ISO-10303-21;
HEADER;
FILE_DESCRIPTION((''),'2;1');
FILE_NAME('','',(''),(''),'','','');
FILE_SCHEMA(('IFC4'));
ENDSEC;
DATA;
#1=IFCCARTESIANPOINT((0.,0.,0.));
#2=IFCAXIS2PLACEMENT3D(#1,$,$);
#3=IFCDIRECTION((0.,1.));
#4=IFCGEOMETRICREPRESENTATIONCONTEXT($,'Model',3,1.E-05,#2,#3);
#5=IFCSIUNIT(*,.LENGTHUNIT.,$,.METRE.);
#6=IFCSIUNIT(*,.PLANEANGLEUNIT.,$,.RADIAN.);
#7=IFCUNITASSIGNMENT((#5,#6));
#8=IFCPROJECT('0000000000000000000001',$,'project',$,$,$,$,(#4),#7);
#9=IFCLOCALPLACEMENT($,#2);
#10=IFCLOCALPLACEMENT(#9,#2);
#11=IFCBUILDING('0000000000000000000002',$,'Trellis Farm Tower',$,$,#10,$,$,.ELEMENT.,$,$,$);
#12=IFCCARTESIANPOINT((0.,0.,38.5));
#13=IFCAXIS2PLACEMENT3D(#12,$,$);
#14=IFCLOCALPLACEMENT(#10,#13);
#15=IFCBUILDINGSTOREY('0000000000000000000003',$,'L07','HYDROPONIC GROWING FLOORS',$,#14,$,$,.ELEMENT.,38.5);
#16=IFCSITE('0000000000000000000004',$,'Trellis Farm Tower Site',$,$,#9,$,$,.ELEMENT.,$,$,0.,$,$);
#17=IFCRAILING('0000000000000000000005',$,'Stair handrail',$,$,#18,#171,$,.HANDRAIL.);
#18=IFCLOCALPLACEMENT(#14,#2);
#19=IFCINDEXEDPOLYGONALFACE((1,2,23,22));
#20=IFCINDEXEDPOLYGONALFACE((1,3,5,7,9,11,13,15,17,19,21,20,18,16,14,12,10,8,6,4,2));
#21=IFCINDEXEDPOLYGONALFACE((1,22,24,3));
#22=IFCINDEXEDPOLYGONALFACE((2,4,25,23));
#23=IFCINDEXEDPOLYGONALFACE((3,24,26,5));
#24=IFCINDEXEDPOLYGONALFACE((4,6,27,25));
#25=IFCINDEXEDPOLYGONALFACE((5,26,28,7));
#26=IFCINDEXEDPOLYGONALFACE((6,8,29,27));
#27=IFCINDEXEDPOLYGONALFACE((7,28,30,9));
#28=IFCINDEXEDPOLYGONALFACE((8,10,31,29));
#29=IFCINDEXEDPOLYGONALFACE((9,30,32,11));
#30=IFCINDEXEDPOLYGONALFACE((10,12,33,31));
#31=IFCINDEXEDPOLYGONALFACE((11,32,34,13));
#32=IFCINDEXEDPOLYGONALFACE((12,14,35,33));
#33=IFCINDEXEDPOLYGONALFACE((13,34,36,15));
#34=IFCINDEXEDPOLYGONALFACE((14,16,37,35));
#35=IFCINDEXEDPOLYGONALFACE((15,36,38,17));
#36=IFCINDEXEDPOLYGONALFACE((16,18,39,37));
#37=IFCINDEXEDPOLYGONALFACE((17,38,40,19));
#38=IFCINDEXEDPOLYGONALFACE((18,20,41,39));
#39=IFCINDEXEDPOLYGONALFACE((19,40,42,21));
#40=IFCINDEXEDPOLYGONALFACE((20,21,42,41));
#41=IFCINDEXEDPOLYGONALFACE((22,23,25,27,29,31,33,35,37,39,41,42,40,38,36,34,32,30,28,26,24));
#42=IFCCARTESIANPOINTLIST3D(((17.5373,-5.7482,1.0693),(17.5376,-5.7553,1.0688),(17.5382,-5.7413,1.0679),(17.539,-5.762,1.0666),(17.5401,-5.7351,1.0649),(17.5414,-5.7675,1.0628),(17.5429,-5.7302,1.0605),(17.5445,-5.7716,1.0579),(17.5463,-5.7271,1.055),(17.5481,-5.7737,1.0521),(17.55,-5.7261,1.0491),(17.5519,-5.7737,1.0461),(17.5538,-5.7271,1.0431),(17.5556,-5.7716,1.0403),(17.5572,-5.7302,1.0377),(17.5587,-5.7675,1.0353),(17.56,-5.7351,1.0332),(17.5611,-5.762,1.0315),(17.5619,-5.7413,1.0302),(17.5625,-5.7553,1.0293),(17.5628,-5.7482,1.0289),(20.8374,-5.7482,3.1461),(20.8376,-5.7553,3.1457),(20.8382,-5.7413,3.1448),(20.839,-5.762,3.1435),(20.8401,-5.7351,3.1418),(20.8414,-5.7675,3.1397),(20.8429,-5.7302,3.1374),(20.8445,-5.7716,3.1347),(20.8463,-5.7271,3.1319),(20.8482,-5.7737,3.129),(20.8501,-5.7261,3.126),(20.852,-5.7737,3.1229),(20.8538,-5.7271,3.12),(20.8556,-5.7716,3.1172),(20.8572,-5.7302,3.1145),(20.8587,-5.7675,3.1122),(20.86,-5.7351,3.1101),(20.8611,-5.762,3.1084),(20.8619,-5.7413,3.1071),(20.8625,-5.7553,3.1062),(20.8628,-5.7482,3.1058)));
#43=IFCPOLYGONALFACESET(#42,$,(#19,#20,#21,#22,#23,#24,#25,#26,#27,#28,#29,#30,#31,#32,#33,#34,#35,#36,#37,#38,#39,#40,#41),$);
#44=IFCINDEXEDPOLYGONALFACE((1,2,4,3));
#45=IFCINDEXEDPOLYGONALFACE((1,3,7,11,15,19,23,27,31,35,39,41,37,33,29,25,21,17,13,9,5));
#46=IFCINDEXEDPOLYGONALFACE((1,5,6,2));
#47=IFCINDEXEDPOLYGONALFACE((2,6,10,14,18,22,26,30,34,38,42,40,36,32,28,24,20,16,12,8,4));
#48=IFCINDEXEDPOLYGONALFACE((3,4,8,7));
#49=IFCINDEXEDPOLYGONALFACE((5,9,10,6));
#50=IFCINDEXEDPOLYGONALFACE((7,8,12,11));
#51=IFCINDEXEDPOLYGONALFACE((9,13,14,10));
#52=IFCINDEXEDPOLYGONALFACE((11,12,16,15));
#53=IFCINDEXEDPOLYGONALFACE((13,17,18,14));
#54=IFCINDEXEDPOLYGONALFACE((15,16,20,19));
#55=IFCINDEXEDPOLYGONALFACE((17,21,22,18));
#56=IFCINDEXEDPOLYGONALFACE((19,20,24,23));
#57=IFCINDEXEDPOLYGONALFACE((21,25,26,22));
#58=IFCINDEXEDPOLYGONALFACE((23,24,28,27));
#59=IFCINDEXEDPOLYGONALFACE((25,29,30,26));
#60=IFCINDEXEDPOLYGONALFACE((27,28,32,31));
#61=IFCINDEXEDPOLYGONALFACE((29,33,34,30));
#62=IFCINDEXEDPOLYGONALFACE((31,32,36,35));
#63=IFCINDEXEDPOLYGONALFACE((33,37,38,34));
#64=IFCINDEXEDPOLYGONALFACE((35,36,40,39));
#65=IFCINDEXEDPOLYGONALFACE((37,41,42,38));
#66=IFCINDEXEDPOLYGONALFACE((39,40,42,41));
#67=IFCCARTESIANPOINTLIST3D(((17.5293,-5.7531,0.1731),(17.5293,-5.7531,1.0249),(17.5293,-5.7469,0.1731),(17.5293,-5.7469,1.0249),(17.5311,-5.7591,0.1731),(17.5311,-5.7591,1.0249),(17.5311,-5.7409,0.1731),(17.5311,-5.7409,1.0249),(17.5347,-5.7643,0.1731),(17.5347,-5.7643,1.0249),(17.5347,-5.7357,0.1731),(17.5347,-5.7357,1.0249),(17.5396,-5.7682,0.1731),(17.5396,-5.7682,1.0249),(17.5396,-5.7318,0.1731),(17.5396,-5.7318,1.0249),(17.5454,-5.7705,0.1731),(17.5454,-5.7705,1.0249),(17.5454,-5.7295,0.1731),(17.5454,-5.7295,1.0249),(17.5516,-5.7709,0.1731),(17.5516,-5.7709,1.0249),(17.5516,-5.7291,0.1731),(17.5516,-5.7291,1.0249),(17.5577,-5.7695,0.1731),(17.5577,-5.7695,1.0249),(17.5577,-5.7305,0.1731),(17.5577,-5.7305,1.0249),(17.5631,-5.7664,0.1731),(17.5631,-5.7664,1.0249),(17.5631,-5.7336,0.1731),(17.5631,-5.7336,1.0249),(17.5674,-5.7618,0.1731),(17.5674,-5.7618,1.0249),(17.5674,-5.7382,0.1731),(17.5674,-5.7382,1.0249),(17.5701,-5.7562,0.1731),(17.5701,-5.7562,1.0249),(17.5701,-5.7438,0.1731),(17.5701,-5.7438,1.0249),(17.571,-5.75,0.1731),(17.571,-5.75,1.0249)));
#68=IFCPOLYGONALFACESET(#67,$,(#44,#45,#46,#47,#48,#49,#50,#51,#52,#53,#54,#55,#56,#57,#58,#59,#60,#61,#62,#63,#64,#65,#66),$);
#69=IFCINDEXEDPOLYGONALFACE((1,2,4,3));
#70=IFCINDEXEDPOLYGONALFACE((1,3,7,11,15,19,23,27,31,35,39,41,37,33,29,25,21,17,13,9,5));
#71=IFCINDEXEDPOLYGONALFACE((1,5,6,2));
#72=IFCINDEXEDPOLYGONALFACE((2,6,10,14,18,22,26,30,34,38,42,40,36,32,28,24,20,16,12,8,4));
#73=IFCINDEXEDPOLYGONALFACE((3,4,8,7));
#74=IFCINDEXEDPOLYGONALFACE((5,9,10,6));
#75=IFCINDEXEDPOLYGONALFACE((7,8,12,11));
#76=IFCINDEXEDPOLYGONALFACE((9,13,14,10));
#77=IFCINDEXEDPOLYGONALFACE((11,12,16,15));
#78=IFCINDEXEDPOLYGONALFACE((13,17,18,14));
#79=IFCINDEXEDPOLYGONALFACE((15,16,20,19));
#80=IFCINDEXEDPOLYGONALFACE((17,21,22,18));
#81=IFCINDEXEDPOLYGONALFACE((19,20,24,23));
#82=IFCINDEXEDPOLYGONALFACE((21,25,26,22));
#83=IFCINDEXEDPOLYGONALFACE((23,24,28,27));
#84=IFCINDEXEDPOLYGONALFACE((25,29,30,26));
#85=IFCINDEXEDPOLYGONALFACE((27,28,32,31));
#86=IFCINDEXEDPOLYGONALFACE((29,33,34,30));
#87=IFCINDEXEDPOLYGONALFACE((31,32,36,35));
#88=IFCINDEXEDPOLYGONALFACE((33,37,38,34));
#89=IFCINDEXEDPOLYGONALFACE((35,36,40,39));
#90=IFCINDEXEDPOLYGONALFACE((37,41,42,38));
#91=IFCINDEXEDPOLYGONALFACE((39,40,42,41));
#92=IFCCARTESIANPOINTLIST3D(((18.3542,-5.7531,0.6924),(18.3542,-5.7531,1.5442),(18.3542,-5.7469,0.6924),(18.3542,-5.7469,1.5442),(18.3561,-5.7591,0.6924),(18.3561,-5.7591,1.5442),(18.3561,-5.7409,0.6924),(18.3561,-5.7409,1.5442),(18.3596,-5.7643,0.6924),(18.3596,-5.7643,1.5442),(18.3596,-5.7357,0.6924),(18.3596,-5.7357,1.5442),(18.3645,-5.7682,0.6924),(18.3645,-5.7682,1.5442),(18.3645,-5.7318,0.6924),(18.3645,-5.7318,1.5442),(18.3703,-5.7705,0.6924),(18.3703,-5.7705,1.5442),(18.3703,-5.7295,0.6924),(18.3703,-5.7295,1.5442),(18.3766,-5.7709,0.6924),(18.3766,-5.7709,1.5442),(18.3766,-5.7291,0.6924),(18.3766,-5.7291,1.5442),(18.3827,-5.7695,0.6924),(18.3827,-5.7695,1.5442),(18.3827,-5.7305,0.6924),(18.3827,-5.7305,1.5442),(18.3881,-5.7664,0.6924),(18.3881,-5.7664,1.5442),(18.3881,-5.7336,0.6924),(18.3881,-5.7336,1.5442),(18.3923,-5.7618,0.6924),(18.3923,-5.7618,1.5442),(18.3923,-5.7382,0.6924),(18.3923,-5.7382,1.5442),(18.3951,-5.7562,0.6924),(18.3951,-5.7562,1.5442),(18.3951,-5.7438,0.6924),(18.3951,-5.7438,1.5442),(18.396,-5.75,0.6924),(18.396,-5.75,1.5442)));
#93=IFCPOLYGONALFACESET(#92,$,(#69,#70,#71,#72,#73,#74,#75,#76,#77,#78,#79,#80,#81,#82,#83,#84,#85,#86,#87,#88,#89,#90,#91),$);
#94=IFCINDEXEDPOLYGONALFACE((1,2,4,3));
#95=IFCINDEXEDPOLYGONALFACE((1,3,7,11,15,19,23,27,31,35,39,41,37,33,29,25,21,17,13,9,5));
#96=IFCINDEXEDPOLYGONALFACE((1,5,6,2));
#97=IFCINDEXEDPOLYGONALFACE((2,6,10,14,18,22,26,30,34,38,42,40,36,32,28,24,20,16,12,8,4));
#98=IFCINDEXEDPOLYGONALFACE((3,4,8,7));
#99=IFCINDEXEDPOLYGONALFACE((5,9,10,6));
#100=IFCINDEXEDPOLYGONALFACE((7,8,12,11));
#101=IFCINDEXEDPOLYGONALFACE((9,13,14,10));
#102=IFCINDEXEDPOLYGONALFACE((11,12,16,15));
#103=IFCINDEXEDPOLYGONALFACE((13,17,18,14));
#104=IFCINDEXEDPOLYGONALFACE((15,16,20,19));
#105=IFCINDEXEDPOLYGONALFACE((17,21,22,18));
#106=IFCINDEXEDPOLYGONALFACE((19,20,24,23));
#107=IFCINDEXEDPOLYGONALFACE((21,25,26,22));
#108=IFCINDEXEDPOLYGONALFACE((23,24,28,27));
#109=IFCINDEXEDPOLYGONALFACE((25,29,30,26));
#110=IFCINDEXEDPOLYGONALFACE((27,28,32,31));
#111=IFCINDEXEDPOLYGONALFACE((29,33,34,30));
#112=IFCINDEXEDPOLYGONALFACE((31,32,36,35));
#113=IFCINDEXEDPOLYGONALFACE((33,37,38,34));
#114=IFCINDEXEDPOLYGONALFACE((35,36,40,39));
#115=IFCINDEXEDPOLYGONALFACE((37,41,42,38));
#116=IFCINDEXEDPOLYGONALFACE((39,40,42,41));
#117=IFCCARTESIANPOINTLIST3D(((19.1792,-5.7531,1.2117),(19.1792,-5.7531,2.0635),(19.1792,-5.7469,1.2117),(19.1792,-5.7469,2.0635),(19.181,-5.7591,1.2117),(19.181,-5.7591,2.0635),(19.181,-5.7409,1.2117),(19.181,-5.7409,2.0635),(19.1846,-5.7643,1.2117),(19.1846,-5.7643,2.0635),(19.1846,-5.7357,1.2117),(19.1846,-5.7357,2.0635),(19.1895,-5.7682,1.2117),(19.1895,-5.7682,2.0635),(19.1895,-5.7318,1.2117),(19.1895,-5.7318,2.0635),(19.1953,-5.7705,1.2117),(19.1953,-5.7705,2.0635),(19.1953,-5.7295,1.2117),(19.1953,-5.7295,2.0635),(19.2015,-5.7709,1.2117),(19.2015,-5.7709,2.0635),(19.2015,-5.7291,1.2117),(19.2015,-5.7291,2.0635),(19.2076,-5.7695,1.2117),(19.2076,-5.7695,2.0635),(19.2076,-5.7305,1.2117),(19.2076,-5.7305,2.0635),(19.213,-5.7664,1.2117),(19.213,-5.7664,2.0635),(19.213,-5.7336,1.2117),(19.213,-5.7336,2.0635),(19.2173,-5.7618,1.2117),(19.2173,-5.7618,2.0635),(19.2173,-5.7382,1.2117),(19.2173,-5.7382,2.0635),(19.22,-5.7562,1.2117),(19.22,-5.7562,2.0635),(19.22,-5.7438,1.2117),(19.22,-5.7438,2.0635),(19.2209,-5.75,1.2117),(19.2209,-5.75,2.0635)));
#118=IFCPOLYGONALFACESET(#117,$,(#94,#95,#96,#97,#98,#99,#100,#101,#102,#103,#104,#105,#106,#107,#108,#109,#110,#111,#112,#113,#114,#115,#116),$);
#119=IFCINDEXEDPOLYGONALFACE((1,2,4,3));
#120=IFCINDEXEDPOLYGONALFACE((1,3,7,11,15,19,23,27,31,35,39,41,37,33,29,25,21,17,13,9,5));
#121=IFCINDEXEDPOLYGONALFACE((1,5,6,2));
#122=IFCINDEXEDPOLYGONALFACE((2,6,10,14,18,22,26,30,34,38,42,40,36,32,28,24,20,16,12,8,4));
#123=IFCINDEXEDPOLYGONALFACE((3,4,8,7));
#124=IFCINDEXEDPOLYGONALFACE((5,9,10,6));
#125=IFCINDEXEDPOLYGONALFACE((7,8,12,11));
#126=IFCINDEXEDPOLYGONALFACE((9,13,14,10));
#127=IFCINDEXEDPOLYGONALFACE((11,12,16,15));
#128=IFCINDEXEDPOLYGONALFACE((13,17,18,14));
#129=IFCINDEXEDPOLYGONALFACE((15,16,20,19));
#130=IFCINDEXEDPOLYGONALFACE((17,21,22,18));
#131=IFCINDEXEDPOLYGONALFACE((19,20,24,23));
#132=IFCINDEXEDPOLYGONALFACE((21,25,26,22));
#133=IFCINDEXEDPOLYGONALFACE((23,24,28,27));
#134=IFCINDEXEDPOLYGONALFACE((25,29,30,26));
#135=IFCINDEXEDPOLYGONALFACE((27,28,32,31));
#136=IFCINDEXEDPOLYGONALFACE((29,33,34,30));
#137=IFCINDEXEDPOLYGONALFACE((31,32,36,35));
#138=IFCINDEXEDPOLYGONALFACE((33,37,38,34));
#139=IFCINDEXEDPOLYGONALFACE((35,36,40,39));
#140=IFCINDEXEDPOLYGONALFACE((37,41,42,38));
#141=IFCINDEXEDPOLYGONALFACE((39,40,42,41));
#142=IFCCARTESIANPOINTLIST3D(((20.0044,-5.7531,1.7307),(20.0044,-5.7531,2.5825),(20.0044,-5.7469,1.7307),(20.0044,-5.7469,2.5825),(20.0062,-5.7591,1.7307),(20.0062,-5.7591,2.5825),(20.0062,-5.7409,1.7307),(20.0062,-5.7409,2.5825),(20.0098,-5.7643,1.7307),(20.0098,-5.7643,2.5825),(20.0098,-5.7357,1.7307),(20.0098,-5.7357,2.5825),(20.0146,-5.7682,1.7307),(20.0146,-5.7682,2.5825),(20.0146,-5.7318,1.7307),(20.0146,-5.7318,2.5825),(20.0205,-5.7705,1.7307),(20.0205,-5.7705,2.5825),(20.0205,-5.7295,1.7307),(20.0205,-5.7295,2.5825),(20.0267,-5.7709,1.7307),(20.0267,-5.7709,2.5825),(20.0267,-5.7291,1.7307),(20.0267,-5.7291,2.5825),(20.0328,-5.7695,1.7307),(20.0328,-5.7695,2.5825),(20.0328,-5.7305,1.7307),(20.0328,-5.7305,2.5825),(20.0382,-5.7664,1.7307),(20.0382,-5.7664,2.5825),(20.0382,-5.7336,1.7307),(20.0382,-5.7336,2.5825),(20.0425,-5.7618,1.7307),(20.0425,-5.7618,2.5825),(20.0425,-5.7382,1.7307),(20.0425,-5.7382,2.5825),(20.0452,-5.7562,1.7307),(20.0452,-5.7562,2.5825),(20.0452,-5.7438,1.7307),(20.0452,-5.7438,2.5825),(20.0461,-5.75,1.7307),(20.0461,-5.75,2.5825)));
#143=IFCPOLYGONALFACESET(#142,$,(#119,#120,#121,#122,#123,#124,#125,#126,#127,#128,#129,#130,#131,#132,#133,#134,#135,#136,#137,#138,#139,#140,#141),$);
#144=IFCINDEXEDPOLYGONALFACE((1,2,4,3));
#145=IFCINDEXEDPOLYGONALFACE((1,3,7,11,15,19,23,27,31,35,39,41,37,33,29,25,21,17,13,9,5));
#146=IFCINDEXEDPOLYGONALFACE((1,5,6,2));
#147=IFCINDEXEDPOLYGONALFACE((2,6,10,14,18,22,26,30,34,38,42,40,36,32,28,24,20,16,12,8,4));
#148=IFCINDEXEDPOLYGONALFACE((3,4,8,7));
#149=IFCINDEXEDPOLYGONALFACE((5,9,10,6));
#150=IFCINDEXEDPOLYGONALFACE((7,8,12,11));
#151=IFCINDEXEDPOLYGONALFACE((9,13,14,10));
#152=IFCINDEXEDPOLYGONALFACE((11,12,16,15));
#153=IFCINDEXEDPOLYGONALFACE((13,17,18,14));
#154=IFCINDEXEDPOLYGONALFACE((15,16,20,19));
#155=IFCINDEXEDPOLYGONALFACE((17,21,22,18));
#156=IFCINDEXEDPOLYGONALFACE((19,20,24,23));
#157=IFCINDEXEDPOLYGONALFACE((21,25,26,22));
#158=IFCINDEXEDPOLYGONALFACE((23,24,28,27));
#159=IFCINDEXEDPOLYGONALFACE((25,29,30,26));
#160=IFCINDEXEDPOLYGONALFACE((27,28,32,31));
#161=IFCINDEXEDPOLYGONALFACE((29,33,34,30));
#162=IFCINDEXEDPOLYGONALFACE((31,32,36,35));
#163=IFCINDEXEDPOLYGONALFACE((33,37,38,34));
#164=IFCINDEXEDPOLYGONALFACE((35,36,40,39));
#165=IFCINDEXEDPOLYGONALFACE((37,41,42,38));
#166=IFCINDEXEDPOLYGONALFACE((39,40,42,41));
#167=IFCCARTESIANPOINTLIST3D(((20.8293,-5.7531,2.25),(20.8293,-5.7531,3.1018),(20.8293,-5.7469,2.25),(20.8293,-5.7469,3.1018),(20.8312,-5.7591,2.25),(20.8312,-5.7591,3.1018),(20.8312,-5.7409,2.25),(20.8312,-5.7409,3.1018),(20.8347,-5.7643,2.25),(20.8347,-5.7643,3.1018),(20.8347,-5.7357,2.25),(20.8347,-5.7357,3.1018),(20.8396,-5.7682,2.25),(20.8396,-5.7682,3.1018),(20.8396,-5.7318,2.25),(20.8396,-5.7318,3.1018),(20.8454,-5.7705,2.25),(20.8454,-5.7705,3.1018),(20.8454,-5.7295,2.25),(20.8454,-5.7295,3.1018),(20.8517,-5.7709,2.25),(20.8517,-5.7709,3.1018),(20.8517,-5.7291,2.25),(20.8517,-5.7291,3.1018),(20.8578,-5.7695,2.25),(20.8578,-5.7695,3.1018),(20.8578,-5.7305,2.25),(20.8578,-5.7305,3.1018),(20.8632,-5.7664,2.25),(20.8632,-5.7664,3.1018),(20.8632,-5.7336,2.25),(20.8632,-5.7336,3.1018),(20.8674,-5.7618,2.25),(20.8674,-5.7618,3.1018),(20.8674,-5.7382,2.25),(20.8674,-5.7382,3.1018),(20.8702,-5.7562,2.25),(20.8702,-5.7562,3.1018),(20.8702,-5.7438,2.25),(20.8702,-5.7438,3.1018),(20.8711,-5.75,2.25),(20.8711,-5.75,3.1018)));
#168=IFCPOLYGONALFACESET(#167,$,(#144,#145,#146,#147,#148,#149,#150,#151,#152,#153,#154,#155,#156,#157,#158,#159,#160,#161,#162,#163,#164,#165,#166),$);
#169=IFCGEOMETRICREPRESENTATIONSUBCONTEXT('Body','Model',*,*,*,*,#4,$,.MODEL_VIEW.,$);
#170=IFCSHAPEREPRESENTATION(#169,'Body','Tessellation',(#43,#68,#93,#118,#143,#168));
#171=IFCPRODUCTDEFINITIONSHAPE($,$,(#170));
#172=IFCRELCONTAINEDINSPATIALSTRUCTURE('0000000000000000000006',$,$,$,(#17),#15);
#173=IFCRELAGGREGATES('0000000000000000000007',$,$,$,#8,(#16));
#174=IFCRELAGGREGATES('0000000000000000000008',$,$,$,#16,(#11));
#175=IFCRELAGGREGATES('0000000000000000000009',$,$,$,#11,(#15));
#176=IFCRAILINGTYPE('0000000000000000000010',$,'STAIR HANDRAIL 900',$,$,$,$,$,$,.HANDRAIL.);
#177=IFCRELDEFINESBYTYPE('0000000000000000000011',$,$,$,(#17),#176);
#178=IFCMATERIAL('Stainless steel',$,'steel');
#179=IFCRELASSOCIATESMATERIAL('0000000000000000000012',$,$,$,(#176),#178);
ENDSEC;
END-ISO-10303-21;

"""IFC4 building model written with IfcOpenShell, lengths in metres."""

from ifc_helpers import new_model, si_unit, direction, frame, origin, origin_2d, place, context, subcontext, project, spatial, circle, extrude, source, transform, mapped, material, type_object, element, save


model = new_model("IFC4")

# Units and contexts
model_context = context("Model", 3, precision=1e-05, world=origin(), true_north=direction((0.0, 1.0)))
body_context = subcontext(model_context, "Body", "Model", "MODEL_VIEW")
ifc_project = project(units=[si_unit("LENGTHUNIT", "METRE"), si_unit("PLANEANGLEUNIT", "RADIAN")], contexts=[model_context])

# Site, building, storey
site_placement = place(None, origin())
site = spatial("IfcSite", under=ifc_project, at=site_placement, Name="Trellis Farm Tower Site", CompositionType="ELEMENT", RefElevation=0.0)
building_placement = place(site_placement, origin())
building = spatial("IfcBuilding", under=site, at=building_placement, Name="Trellis Farm Tower", CompositionType="ELEMENT")
storey_placement = place(building_placement, frame((0.0, 0.0, 38.5)))
storey = spatial("IfcBuildingStorey", under=building, at=storey_placement, Name="L07", Description="HYDROPONIC GROWING FLOORS", CompositionType="ELEMENT", Elevation=38.5)

# Railing
ifc_material_1 = material(Name="Stainless steel", Category="steel")
railing_type = type_object("IfcRailingType", Name="STAIR HANDRAIL 900", PredefinedType="HANDRAIL", material=ifc_material_1)
shared_shape_1 = source(origin(), body_context, "Body", "SweptSolid", [
    extrude(circle(Radius=0.0239, at=origin_2d()), frame((0.0, 0.0, 0.876), z_axis=(0.846337, 0.0, 0.532647), x_axis=(0.0, 1.0, 0.0)), (0.0, 0.0, 1.0), 3.8992),
    extrude(circle(Radius=0.021, at=origin_2d()), origin(), (0.0, 0.0, 1.0), 0.8518),
    extrude(circle(Radius=0.021, at=origin_2d()), frame((0.825, 0.0, 0.5193)), (0.0, 0.0, 1.0), 0.8518),
    extrude(circle(Radius=0.021, at=origin_2d()), frame((1.6499, 0.0, 1.0386)), (0.0, 0.0, 1.0), 0.8518),
    extrude(circle(Radius=0.021, at=origin_2d()), frame((2.4751, 0.0, 1.5576)), (0.0, 0.0, 1.0), 0.8518),
    extrude(circle(Radius=0.021, at=origin_2d()), frame((3.3, 0.0, 2.0769)), (0.0, 0.0, 1.0), 0.8518),
])
for number, where, name in (
    (1, (17.55, -5.75, 0.1731), "Stair handrail"),
):
    element("IfcRailing", number, at=place(storey_placement, frame(where)), inside=storey, type_object=railing_type, Name=name, PredefinedType="HANDRAIL", context=body_context, shape_type="MappedRepresentation", body=[
        mapped(shared_shape_1, transform((0.0, 0.0, 0.0))),
    ])

save(model, "model.ifc")
